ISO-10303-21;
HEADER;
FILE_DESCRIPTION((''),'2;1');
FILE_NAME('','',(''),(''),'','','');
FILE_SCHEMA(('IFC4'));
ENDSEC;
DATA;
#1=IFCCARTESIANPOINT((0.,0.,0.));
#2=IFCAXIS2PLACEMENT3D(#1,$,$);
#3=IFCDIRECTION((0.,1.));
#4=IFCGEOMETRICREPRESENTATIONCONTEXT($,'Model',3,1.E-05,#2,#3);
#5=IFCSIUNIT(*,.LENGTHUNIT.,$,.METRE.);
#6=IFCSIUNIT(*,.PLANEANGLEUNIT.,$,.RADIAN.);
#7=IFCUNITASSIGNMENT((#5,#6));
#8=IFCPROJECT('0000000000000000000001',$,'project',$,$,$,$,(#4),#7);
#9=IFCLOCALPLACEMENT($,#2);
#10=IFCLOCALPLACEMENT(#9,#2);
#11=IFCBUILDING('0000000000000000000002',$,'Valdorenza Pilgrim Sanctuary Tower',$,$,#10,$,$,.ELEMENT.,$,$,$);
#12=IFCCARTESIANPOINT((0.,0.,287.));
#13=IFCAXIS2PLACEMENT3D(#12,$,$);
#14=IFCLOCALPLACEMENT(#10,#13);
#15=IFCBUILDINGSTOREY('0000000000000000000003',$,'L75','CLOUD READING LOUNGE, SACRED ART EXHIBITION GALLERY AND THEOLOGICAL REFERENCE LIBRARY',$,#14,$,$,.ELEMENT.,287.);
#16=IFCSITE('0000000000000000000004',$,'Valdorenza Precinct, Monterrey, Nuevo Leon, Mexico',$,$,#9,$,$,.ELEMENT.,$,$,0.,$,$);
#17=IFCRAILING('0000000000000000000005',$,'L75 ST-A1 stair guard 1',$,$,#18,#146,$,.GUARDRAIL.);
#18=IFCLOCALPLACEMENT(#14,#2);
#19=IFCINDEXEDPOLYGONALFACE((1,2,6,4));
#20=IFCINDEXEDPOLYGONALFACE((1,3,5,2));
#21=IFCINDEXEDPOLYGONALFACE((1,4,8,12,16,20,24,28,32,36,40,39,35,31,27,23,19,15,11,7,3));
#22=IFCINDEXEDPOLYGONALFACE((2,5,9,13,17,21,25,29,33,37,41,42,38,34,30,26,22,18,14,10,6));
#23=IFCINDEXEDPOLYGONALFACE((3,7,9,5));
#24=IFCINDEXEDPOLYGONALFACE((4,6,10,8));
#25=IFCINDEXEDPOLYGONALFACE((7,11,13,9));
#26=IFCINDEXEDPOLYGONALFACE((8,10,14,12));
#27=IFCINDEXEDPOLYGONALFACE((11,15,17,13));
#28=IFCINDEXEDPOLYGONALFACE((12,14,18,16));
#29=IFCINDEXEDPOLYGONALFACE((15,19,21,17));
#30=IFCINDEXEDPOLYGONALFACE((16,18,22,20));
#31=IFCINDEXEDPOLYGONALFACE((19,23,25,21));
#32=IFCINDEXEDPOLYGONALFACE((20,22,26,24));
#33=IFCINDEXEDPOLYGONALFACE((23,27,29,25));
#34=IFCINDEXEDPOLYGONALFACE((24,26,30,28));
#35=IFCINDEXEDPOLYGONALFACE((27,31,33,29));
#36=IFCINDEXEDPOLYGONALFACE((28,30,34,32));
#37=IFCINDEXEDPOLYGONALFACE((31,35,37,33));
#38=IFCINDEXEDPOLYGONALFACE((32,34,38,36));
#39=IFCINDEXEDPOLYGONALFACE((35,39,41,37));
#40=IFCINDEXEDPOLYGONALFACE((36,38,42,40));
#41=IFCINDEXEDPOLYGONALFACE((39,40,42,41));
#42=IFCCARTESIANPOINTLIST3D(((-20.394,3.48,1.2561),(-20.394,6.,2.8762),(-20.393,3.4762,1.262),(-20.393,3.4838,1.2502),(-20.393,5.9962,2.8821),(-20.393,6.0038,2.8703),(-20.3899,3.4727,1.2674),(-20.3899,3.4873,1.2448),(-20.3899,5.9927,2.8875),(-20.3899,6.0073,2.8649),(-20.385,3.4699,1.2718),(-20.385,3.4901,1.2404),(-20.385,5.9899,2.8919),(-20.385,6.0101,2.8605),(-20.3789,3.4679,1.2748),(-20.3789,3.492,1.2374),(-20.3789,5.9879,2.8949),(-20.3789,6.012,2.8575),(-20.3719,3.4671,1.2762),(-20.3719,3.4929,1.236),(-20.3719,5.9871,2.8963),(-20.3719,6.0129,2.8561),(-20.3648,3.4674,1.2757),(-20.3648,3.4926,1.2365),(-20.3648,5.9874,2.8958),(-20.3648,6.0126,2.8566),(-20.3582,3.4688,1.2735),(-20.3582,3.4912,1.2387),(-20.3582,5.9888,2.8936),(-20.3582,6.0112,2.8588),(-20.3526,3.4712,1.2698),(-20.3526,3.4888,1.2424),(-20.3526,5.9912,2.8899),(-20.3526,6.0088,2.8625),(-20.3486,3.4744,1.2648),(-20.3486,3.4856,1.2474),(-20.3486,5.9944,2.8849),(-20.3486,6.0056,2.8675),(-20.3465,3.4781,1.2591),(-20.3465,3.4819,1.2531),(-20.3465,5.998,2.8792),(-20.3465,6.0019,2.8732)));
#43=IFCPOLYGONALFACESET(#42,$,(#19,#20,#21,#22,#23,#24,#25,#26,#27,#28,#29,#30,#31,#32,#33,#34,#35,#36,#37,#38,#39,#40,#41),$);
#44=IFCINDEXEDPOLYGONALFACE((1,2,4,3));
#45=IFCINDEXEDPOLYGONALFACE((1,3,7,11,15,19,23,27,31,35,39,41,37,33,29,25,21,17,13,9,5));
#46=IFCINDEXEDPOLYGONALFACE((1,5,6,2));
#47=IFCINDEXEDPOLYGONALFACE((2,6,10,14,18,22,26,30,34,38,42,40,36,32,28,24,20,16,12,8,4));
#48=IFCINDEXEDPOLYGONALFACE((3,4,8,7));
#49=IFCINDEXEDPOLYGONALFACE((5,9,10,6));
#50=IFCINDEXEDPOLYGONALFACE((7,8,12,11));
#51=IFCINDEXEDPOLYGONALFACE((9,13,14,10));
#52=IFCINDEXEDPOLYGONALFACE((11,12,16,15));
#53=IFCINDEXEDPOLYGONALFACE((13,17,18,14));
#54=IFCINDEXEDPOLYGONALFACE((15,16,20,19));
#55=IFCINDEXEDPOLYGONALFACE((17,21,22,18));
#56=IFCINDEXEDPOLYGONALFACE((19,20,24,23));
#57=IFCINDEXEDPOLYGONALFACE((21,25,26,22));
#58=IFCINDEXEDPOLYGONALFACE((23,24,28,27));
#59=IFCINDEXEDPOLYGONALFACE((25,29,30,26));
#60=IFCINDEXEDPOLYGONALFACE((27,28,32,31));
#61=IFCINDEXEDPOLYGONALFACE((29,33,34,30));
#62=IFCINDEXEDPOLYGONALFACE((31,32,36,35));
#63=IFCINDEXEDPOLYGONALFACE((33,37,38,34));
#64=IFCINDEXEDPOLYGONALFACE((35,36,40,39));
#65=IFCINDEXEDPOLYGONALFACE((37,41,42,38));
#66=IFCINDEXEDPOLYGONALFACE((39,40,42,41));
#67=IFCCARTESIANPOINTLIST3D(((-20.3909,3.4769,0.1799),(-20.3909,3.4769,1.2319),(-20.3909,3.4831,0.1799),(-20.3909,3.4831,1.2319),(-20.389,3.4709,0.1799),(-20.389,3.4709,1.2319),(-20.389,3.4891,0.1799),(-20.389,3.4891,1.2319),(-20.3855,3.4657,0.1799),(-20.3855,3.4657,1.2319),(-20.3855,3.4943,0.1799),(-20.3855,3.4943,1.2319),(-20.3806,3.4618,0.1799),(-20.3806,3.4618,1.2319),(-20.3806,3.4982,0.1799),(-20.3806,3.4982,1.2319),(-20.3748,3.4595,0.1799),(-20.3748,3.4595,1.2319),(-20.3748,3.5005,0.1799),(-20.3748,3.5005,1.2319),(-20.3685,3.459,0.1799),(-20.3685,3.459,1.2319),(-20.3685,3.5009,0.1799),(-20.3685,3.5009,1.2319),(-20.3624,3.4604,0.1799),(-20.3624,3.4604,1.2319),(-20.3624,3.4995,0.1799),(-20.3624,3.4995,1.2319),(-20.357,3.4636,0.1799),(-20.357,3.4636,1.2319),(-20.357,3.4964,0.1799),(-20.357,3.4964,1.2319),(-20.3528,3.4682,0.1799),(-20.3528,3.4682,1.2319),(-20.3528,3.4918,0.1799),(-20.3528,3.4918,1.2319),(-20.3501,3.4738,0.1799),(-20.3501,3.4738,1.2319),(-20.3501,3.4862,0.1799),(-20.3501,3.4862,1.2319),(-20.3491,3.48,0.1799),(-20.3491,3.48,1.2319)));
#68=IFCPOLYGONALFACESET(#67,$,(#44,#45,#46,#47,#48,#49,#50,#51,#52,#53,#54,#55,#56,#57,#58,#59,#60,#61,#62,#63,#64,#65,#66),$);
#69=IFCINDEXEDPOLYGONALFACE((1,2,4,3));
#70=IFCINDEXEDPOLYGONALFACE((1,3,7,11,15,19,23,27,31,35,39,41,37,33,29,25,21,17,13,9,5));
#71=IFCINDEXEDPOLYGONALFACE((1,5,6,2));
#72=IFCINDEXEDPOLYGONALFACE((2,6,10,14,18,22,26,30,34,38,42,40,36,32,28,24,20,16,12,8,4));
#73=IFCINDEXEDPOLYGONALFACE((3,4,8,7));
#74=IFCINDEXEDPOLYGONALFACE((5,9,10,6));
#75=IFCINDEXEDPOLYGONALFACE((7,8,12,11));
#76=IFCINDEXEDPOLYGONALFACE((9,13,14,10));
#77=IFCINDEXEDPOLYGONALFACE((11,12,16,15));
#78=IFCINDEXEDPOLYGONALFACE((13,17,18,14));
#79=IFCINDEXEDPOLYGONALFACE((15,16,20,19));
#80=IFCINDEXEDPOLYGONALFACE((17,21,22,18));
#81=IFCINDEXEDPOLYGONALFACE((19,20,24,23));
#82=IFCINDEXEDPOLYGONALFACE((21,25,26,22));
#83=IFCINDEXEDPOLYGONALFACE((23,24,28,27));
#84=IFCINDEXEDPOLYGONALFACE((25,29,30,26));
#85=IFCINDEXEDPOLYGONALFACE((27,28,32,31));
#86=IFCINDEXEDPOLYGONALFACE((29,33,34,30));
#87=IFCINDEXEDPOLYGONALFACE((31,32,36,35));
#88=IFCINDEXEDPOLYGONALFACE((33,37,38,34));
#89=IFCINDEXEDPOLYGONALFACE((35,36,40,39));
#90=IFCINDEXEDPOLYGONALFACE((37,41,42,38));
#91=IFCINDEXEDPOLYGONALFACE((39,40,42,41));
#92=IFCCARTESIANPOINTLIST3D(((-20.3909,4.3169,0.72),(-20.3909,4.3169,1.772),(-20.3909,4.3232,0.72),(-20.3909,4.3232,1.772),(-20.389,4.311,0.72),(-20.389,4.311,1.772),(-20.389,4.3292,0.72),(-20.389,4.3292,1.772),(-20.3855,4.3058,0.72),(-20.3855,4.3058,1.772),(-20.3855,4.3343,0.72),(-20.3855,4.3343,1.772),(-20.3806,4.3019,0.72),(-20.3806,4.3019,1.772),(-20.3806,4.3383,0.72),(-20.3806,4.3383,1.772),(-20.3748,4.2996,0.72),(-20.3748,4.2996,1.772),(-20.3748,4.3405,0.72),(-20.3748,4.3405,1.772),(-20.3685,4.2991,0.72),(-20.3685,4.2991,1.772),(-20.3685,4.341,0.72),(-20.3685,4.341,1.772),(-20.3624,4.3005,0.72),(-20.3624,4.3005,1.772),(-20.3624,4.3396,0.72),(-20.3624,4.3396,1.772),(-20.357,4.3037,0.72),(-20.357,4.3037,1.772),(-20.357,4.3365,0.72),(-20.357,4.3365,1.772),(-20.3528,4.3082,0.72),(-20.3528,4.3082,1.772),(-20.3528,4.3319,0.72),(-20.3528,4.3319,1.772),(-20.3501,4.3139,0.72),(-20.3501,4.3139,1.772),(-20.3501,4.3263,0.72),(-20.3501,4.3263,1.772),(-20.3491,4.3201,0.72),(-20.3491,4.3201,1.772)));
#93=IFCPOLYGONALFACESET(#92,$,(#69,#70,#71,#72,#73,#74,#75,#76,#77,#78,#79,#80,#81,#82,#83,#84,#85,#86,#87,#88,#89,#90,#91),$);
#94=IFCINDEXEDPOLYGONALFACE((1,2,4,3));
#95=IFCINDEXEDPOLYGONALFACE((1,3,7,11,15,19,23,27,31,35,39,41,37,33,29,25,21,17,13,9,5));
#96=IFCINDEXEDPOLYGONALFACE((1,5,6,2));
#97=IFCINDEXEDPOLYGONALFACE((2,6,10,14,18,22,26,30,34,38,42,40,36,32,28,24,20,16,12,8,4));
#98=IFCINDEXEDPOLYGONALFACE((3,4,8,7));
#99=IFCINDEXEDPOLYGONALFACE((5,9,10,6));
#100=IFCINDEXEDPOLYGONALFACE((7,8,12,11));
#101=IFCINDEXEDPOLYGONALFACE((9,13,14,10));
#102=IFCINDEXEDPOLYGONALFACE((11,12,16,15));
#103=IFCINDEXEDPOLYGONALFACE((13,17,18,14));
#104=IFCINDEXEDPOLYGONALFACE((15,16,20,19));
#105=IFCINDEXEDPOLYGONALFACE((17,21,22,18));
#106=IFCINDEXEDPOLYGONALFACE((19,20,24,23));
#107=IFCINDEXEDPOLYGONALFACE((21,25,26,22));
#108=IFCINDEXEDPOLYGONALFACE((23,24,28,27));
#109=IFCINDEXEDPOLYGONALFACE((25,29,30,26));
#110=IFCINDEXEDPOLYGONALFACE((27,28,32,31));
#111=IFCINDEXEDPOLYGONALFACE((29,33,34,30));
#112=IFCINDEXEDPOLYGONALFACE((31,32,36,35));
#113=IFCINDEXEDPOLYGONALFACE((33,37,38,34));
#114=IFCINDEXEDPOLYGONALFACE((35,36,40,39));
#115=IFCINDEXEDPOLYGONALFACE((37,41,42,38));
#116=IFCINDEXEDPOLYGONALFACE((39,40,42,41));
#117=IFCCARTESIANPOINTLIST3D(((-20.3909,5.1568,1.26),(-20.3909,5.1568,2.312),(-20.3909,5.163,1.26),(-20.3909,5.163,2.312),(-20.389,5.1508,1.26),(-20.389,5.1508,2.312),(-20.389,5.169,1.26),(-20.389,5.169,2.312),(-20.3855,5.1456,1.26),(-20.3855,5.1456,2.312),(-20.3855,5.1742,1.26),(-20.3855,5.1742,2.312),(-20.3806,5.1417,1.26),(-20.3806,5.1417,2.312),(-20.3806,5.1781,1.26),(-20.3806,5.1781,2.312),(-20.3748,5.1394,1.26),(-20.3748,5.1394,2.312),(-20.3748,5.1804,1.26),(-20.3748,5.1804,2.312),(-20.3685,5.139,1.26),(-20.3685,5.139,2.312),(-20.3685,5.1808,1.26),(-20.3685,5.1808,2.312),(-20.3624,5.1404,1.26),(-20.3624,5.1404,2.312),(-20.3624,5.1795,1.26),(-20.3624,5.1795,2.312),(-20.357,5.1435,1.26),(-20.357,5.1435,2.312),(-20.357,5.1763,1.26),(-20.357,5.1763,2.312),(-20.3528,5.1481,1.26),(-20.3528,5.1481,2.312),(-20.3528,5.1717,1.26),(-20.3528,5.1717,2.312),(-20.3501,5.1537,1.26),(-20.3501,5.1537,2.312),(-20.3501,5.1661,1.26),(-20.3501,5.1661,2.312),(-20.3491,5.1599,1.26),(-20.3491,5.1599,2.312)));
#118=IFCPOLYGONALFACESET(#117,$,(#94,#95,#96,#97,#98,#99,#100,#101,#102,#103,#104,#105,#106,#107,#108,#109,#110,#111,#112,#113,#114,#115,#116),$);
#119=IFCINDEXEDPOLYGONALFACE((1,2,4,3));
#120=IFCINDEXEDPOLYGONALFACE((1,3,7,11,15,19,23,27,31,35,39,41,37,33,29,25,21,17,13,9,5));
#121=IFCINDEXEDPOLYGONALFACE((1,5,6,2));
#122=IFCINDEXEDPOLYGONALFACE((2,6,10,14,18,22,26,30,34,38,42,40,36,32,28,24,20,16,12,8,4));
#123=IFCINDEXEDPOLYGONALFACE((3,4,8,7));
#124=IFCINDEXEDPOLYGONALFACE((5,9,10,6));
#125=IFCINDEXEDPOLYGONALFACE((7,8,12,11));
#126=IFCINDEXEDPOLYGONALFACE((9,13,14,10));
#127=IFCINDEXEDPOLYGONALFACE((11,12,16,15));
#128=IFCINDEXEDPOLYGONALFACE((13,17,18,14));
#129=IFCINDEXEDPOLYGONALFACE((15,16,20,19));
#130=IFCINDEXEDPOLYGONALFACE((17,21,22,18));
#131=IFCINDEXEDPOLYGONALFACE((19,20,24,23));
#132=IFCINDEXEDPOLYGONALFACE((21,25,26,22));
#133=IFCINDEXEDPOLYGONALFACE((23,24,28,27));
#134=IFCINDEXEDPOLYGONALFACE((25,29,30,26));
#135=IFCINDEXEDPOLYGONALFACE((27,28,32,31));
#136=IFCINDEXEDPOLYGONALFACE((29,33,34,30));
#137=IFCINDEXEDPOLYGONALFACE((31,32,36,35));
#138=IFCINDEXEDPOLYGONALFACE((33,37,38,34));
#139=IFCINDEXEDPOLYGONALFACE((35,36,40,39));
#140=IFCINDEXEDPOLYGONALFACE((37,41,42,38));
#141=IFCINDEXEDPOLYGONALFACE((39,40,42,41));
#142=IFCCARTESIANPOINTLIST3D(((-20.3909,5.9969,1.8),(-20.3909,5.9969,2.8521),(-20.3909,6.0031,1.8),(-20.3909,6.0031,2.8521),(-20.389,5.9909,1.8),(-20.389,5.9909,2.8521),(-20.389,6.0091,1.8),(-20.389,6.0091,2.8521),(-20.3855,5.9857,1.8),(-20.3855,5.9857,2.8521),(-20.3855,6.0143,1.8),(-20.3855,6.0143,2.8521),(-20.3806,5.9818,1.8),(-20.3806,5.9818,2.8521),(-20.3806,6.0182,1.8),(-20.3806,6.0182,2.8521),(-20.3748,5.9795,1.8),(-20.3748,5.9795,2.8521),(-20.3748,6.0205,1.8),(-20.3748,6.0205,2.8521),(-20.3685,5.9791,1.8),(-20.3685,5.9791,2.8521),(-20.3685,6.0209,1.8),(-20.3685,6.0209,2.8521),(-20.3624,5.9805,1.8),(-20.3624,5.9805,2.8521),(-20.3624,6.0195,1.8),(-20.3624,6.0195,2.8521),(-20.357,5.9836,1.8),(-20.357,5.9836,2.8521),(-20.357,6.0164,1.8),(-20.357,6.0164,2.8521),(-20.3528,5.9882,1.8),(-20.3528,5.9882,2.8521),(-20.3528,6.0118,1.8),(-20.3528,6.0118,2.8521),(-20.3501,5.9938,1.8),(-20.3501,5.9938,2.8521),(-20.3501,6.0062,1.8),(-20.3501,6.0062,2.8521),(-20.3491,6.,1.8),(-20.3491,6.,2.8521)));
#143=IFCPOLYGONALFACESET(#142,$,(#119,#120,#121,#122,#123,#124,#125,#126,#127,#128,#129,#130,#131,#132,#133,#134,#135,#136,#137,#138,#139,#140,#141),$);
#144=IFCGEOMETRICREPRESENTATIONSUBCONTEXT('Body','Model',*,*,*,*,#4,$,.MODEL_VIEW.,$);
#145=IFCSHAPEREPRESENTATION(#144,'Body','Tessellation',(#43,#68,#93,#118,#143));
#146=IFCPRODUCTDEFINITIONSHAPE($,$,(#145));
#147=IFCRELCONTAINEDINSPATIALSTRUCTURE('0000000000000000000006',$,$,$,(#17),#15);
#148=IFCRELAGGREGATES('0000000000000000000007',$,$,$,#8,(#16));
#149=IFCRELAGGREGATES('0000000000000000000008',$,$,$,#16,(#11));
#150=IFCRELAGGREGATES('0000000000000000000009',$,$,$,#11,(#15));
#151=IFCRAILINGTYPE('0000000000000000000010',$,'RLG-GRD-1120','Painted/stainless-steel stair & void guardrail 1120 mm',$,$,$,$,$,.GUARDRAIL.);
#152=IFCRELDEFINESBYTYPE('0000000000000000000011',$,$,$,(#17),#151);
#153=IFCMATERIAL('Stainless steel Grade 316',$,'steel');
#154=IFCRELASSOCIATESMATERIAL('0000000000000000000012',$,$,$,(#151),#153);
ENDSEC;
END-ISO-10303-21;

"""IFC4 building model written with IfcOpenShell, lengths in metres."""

from ifc_helpers import new_model, si_unit, direction, frame, origin, origin_2d, place, context, subcontext, project, spatial, circle, extrude, material, type_object, element, save


model = new_model("IFC4")

# Units and contexts
model_context = context("Model", 3, precision=1e-05, world=origin(), true_north=direction((0.0, 1.0)))
body_context = subcontext(model_context, "Body", "Model", "MODEL_VIEW")
ifc_project = project(units=[si_unit("LENGTHUNIT", "METRE"), si_unit("PLANEANGLEUNIT", "RADIAN")], contexts=[model_context])

# Site, building, storey
site_placement = place(None, origin())
site = spatial("IfcSite", under=ifc_project, at=site_placement, Name="Valdorenza Precinct, Monterrey, Nuevo Leon, Mexico", CompositionType="ELEMENT", RefElevation=0.0)
building_placement = place(site_placement, origin())
building = spatial("IfcBuilding", under=site, at=building_placement, Name="Valdorenza Pilgrim Sanctuary Tower", CompositionType="ELEMENT")
storey_placement = place(building_placement, frame((0.0, 0.0, 287.0)))
storey = spatial("IfcBuildingStorey", under=building, at=storey_placement, Name="L75", Description="CLOUD READING LOUNGE, SACRED ART EXHIBITION GALLERY AND THEOLOGICAL REFERENCE LIBRARY", CompositionType="ELEMENT", Elevation=287.0)

# Railing
ifc_material_1 = material(Name="Stainless steel Grade 316", Category="steel")
railing_type_1 = type_object("IfcRailingType", Name="RLG-GRD-1120", Description="Painted/stainless-steel stair & void guardrail 1120 mm", PredefinedType="GUARDRAIL", material=ifc_material_1)
railing_1_placement = place(storey_placement, frame((-20.3701, 3.48, 0.1799)))
element("IfcRailing", 1, at=railing_1_placement, inside=storey, type_object=railing_type_1, Name="L75 ST-A1 stair guard 1", PredefinedType="GUARDRAIL", context=body_context, shape_type="SweptSolid", body=[
    extrude(circle(Radius=0.0239, at=origin_2d()), frame((0.0, 0.0, 1.0762), z_axis=(0.0, 0.841163, 0.540782), x_axis=(-1.0, 0.0, 0.0)), (0.0, 0.0, 1.0), 2.9958),
    extrude(circle(Radius=0.021, at=origin_2d()), origin(), (0.0, 0.0, 1.0), 1.052),
    extrude(circle(Radius=0.021, at=origin_2d()), frame((0.0, 0.8401, 0.54)), (0.0, 0.0, 1.0), 1.052),
    extrude(circle(Radius=0.021, at=origin_2d()), frame((0.0, 1.6799, 1.0801)), (0.0, 0.0, 1.0), 1.052),
    extrude(circle(Radius=0.021, at=origin_2d()), frame((0.0, 2.52, 1.6201)), (0.0, 0.0, 1.0), 1.052),
])

save(model, "model.ifc")
